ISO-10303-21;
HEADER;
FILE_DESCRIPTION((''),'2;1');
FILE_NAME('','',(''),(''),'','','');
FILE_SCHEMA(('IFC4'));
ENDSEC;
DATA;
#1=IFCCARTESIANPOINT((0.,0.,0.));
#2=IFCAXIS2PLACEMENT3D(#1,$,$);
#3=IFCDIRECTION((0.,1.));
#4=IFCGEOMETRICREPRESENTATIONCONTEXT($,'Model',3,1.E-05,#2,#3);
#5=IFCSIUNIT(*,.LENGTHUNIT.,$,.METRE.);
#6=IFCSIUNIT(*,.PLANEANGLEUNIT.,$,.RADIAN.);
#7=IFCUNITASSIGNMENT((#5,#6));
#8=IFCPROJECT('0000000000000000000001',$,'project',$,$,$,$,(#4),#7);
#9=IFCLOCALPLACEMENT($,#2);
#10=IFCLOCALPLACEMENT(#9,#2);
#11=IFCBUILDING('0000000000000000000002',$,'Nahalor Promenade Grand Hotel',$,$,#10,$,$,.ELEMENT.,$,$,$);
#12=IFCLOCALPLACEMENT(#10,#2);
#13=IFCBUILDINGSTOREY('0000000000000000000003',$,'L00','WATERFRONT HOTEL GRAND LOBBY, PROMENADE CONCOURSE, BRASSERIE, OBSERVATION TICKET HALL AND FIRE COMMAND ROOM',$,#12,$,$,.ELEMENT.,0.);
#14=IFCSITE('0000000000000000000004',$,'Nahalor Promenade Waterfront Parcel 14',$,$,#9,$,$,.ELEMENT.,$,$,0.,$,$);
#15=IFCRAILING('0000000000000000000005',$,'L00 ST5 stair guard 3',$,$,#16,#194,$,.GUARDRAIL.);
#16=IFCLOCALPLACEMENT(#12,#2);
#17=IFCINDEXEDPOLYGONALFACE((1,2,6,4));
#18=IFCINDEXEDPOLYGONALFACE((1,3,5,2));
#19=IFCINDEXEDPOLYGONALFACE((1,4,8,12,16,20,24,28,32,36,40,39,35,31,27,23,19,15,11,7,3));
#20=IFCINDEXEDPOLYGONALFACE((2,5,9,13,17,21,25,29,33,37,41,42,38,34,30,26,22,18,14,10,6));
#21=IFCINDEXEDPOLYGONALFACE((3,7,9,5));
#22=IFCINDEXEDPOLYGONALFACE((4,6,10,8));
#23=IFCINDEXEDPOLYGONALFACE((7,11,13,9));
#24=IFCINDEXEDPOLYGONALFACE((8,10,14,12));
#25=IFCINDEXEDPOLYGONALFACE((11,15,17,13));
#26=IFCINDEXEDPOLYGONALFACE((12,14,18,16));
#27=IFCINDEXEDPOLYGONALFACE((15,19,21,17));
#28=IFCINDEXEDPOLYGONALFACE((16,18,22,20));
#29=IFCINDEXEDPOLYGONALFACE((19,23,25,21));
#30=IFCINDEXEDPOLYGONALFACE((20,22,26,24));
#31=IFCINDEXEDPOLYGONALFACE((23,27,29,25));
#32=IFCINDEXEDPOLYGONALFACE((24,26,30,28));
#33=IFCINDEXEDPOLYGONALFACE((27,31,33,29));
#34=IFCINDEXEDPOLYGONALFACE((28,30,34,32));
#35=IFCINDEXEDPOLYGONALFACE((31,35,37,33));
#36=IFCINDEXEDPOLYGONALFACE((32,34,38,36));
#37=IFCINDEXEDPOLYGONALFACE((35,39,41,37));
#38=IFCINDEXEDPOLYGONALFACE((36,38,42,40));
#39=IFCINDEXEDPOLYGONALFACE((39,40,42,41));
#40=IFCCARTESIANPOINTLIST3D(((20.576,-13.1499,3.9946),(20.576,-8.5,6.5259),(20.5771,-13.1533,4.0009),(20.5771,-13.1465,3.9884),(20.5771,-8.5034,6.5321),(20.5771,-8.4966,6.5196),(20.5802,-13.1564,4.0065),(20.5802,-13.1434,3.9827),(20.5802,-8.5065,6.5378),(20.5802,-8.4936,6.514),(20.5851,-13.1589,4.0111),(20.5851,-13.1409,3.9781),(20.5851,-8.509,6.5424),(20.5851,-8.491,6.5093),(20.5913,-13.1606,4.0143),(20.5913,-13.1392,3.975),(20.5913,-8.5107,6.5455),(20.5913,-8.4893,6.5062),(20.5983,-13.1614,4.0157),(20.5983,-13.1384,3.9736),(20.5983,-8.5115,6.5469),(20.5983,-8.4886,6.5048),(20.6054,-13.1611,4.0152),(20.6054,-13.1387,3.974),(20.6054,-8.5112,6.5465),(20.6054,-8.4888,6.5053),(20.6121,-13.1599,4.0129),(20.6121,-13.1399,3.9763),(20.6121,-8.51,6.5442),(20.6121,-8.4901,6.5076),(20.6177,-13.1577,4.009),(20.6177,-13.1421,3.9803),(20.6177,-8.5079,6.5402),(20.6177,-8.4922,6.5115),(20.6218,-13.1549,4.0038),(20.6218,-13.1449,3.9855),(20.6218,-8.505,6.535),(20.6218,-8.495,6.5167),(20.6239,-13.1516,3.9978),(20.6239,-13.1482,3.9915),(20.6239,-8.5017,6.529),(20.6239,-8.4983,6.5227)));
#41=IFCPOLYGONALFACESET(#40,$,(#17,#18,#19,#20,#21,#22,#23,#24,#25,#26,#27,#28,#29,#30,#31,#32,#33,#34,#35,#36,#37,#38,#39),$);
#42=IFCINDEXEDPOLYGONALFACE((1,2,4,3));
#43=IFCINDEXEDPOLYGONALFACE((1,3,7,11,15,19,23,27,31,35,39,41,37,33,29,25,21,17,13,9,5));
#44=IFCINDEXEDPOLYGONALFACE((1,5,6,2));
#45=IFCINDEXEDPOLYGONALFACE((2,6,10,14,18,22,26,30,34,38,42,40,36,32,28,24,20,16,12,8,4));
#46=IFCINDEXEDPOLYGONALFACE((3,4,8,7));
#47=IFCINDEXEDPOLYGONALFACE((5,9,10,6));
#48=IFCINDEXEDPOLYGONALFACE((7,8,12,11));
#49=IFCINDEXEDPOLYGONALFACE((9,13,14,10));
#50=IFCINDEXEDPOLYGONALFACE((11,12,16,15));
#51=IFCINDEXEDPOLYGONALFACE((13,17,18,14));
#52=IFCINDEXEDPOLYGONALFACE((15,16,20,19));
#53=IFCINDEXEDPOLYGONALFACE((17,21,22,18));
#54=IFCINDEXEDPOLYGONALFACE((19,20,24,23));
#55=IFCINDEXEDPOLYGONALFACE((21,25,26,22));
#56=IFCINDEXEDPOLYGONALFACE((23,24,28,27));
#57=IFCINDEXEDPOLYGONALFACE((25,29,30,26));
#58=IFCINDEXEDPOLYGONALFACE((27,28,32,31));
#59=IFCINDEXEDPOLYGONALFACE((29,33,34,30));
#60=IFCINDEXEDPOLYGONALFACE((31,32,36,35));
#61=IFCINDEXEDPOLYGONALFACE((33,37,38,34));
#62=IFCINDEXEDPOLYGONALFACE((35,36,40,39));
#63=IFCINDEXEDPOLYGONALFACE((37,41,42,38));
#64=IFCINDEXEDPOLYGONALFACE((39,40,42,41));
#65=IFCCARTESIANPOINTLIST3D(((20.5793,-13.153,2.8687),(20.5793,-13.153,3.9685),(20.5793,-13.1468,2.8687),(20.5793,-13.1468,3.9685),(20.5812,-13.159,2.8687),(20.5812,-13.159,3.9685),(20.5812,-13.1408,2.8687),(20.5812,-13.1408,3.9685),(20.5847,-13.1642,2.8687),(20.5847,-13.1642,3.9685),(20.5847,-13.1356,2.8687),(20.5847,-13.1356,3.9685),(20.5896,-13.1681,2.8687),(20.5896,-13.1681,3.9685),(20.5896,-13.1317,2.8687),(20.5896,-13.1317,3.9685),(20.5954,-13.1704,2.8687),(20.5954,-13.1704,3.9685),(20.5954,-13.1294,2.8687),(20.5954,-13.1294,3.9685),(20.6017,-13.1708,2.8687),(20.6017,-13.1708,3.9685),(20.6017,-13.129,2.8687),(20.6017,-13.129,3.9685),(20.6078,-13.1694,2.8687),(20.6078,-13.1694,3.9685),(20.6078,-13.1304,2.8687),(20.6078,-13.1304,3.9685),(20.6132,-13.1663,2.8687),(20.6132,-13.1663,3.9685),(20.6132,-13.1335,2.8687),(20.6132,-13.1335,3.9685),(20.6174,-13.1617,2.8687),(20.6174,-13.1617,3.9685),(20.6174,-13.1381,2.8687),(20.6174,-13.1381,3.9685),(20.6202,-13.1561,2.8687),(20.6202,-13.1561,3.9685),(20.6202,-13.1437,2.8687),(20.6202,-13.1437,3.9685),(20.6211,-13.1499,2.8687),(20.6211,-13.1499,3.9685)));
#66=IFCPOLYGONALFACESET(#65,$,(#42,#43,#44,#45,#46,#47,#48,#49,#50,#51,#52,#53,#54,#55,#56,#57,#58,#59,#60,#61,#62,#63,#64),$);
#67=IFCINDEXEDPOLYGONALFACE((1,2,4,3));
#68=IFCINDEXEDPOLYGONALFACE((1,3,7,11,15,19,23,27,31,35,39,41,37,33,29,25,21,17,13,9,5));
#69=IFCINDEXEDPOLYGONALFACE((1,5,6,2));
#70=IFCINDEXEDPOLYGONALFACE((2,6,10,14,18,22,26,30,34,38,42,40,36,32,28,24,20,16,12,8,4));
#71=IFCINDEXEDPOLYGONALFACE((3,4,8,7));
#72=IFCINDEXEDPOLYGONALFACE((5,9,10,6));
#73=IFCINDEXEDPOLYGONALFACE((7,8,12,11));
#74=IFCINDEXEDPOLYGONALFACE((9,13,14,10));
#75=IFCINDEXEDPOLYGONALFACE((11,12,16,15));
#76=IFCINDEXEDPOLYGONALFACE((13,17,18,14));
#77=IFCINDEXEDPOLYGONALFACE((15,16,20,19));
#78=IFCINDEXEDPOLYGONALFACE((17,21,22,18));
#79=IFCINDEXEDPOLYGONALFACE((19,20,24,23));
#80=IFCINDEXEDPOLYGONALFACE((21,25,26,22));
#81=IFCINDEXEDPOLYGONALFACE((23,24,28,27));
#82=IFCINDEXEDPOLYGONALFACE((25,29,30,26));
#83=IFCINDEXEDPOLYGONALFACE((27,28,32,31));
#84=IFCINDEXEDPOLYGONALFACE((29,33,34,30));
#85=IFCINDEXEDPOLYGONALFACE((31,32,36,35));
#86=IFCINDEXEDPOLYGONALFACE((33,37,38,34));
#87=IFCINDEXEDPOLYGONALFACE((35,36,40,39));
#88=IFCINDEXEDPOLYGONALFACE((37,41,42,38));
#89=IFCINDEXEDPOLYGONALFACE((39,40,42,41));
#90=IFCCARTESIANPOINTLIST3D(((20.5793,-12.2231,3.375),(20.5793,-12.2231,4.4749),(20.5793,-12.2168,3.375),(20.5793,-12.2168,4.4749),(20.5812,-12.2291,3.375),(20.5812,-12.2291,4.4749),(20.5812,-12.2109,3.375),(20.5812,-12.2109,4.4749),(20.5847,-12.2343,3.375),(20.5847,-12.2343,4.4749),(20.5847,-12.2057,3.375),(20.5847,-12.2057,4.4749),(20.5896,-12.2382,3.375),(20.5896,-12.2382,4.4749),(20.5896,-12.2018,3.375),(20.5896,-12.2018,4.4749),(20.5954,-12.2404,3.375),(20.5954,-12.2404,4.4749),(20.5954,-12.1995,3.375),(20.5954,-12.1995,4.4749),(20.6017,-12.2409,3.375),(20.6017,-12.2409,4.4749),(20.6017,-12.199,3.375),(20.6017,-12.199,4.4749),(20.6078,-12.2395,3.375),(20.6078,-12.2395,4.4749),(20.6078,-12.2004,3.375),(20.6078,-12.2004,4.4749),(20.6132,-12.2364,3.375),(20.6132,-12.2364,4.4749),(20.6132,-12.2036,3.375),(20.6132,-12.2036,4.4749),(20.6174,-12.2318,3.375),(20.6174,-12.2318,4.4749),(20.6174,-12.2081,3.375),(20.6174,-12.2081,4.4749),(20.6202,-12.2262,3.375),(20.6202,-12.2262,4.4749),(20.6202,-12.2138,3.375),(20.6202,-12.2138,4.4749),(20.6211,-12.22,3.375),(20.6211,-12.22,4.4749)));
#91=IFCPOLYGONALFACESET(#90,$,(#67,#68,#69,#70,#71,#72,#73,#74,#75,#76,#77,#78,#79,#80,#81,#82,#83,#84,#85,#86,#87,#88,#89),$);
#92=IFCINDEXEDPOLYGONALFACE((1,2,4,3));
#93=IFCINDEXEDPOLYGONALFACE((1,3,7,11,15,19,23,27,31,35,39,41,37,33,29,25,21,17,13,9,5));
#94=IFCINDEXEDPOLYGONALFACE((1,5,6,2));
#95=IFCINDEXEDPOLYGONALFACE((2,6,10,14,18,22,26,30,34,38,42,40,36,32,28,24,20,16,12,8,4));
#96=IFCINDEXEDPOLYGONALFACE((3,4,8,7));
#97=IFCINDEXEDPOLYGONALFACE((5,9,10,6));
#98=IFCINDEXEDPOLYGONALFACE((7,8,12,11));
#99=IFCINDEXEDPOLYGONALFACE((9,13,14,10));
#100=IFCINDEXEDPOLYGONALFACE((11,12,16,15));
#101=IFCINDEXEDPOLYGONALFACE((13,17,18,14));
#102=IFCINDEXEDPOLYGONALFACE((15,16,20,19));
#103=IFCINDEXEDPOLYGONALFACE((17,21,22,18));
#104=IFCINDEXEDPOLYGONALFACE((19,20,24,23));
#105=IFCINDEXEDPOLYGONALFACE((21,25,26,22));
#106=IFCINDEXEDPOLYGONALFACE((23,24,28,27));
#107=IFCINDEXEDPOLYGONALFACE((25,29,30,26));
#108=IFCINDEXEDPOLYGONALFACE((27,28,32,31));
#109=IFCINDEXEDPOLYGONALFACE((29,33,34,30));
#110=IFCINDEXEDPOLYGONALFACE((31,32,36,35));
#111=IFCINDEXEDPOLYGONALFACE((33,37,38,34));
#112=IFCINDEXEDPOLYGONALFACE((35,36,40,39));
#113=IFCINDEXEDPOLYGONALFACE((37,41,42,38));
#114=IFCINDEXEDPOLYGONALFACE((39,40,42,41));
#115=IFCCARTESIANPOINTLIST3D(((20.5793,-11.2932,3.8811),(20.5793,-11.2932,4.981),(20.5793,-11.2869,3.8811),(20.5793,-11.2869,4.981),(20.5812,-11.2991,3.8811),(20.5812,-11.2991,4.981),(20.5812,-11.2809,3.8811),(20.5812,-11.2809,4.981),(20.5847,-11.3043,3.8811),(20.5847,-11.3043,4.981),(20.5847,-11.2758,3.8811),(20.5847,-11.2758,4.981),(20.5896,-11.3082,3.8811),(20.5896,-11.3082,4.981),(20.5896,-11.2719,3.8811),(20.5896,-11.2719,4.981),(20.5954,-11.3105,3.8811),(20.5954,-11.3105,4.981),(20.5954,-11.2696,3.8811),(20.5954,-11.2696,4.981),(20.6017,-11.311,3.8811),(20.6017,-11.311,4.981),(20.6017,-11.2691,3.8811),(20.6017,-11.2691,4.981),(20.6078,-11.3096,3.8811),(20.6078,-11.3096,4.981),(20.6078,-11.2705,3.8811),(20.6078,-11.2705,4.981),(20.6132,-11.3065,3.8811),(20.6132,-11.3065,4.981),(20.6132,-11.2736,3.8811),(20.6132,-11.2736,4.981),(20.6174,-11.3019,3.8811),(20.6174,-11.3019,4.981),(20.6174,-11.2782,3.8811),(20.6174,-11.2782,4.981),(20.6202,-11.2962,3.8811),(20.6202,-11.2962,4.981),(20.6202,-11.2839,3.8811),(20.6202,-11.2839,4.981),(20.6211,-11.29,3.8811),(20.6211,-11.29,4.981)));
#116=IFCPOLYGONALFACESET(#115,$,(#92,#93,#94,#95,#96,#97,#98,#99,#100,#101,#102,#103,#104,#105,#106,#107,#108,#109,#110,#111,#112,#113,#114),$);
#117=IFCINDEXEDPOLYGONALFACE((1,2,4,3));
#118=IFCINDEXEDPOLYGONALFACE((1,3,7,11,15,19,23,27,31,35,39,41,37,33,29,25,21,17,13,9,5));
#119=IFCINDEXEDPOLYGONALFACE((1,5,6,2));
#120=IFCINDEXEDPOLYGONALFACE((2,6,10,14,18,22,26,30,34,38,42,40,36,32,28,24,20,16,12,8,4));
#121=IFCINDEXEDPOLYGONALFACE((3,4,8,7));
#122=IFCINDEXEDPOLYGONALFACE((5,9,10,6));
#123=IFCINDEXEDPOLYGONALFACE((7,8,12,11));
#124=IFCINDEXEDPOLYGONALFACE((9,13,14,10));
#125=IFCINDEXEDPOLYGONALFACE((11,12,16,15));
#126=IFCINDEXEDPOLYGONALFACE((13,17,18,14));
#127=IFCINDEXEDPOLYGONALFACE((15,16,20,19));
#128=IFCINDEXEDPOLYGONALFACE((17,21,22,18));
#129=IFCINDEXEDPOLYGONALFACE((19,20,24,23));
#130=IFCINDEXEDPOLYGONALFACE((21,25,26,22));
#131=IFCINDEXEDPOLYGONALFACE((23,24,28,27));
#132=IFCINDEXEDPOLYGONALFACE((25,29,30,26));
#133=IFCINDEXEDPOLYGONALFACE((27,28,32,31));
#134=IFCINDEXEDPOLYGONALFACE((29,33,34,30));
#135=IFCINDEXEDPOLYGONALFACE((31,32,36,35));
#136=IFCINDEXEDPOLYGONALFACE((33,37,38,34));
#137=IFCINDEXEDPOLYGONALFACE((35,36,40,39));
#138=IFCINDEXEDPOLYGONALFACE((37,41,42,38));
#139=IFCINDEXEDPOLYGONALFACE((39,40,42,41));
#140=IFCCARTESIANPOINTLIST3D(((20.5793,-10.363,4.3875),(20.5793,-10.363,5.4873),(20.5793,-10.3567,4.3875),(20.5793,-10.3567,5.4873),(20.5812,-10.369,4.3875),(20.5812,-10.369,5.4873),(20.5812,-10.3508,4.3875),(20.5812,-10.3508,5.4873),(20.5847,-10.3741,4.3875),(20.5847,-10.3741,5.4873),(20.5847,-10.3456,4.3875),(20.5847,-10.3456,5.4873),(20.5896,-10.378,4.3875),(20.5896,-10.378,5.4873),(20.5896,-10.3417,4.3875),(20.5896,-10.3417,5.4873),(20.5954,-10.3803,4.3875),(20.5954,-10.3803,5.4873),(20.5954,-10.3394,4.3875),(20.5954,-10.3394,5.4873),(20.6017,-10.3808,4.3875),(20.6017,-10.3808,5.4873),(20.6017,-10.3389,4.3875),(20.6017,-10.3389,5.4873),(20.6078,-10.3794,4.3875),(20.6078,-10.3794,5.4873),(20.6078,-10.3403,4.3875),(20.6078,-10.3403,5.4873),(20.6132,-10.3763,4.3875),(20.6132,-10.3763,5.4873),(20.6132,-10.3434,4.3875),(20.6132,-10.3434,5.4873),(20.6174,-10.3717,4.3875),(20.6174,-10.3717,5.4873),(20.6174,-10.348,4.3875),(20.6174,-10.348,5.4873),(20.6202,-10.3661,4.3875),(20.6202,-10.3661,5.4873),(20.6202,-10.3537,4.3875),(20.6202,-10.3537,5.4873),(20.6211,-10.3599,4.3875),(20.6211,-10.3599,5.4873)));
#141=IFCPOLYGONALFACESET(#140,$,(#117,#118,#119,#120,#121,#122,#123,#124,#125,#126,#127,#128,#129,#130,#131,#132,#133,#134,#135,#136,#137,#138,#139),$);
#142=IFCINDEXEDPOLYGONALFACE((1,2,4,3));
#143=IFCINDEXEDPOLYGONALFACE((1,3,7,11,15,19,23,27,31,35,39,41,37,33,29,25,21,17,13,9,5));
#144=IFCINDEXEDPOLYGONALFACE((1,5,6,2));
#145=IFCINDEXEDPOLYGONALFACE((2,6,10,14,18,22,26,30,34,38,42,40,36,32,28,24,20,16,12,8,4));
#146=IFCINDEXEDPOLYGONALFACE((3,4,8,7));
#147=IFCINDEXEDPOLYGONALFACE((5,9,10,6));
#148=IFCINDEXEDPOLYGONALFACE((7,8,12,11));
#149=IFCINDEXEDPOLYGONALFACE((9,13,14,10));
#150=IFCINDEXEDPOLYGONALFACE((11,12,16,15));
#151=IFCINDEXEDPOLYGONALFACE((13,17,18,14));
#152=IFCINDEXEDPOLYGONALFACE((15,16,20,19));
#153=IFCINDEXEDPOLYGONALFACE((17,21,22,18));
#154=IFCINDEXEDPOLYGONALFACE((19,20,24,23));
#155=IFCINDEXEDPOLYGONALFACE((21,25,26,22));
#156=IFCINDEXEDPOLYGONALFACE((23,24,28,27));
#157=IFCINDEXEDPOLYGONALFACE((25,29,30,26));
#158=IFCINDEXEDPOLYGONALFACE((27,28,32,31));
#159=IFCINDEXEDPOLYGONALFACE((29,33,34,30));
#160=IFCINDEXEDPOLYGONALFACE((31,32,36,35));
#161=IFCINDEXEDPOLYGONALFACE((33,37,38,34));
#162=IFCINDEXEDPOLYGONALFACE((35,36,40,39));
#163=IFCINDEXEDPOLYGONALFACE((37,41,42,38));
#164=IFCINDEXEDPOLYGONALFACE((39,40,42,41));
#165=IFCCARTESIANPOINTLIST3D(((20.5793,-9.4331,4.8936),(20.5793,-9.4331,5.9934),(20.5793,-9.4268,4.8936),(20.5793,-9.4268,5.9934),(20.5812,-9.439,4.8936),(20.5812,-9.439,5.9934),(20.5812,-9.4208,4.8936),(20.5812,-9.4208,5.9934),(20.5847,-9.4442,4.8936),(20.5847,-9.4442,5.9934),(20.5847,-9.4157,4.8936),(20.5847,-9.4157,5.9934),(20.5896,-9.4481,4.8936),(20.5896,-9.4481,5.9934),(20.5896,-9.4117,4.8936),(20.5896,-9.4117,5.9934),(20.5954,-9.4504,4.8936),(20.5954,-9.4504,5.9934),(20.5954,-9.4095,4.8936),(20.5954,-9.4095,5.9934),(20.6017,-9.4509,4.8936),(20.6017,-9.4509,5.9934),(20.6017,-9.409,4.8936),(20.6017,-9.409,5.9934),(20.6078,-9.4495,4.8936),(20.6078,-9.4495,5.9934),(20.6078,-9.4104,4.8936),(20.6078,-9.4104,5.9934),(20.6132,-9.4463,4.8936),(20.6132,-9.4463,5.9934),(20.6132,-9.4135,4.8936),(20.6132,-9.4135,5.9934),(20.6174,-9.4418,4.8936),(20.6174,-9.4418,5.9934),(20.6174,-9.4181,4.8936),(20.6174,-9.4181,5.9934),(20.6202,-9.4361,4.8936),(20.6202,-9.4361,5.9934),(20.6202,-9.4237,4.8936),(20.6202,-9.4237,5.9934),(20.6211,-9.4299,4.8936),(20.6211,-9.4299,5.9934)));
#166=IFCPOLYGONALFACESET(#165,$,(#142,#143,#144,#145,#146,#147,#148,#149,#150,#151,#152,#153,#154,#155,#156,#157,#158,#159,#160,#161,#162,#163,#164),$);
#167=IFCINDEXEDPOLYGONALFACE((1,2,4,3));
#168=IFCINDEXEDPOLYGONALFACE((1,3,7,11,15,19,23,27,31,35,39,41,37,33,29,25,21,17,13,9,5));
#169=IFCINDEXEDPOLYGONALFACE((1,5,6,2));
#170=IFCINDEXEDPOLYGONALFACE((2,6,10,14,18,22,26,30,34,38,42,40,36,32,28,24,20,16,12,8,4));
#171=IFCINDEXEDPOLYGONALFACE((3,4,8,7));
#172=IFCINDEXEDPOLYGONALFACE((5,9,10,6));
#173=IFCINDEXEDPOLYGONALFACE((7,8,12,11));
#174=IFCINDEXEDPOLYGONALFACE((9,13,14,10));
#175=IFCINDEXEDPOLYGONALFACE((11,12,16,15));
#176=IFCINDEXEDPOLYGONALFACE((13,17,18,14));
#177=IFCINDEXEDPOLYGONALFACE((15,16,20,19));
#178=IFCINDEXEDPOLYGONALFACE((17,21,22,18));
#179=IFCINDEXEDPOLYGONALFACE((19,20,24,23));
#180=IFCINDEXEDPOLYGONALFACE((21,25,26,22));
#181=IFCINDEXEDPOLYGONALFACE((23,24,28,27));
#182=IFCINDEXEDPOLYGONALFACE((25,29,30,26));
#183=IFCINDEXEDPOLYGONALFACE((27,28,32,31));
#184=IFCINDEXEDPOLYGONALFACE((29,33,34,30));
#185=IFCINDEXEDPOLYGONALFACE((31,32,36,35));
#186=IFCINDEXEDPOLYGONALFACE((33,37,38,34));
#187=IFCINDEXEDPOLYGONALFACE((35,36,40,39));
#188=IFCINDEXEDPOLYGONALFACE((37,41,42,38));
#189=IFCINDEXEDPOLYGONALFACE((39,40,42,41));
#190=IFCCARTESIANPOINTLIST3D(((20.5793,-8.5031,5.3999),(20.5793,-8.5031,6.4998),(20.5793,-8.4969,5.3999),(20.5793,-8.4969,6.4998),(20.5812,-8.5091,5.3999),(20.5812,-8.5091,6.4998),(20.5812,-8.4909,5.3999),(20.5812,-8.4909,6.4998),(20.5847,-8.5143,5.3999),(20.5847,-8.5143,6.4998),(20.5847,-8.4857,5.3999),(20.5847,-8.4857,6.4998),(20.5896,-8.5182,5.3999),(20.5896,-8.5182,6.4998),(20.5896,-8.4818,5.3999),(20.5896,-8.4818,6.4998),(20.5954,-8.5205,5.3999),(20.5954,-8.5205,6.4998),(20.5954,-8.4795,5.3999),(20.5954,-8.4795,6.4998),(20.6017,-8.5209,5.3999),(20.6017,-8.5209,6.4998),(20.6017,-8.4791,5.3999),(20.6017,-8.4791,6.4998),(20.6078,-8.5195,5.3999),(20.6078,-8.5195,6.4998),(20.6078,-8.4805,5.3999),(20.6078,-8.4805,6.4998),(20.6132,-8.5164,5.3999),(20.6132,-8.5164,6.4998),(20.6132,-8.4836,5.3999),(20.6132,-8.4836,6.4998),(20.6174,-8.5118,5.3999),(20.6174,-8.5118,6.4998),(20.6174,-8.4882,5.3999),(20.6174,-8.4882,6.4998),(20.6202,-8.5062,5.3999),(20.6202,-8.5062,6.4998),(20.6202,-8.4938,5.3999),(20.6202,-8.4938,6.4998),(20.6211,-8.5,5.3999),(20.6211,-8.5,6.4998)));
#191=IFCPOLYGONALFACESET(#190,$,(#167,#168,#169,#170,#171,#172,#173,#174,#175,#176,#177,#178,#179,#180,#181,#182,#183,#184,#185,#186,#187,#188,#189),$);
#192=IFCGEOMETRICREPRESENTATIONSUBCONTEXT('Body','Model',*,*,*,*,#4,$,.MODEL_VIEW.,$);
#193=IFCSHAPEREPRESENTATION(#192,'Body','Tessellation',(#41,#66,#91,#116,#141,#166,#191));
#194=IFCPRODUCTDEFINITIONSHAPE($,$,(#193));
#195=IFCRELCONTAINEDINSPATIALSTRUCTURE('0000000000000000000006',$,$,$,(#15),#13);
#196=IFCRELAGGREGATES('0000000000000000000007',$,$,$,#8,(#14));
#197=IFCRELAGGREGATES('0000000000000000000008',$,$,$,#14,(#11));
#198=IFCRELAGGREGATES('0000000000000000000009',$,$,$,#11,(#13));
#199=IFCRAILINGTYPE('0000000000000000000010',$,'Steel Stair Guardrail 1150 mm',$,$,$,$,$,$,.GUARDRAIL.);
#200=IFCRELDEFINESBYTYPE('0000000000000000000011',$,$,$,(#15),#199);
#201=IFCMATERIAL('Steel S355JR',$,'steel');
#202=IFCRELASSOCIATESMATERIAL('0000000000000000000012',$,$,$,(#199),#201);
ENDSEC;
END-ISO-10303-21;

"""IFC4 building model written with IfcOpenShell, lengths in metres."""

from ifc_helpers import new_model, si_unit, direction, frame, origin, origin_2d, place, context, subcontext, project, spatial, circle, extrude, material, type_object, element, save


model = new_model("IFC4")

# Units and contexts
model_context = context("Model", 3, precision=1e-05, world=origin(), true_north=direction((0.0, 1.0)))
body_context = subcontext(model_context, "Body", "Model", "MODEL_VIEW")
ifc_project = project(units=[si_unit("LENGTHUNIT", "METRE"), si_unit("PLANEANGLEUNIT", "RADIAN")], contexts=[model_context])

# Site, building, storey
site_placement = place(None, origin())
site = spatial("IfcSite", under=ifc_project, at=site_placement, Name="Nahalor Promenade Waterfront Parcel 14", CompositionType="ELEMENT", RefElevation=0.0)
building_placement = place(site_placement, origin())
building = spatial("IfcBuilding", under=site, at=building_placement, Name="Nahalor Promenade Grand Hotel", CompositionType="ELEMENT")
storey_placement = place(building_placement, origin())
storey = spatial("IfcBuildingStorey", under=building, at=storey_placement, Name="L00", Description="WATERFRONT HOTEL GRAND LOBBY, PROMENADE CONCOURSE, BRASSERIE, OBSERVATION TICKET HALL AND FIRE COMMAND ROOM", CompositionType="ELEMENT", Elevation=0.0)

# Shared definitions
ifc_material_1 = material(Name="Steel S355JR", Category="steel")

# Railing
railing_type_1 = type_object("IfcRailingType", Name="Steel Stair Guardrail 1150 mm", PredefinedType="GUARDRAIL", material=ifc_material_1)
railing_1_placement = place(storey_placement, frame((20.6001, -13.1499, 2.8687)))
element("IfcRailing", 1, at=railing_1_placement, inside=storey, type_object=railing_type_1, Name="L00 ST5 stair guard 3", PredefinedType="GUARDRAIL", context=body_context, shape_type="SweptSolid", body=[
    extrude(circle(Radius=0.024, at=origin_2d()), frame((0.0, 0.0, 1.126), z_axis=(0.0, 0.878297, 0.478115), x_axis=(-1.0, 0.0, 0.0)), (0.0, 0.0, 1.0), 5.2942),
    extrude(circle(Radius=0.021, at=origin_2d()), origin(), (0.0, 0.0, 1.0), 1.0999),
    extrude(circle(Radius=0.021, at=origin_2d()), frame((0.0, 0.9299, 0.5063)), (0.0, 0.0, 1.0), 1.0999),
    extrude(circle(Radius=0.021, at=origin_2d()), frame((0.0, 1.8599, 1.0125)), (0.0, 0.0, 1.0), 1.0999),
    extrude(circle(Radius=0.021, at=origin_2d()), frame((0.0, 2.79, 1.5188)), (0.0, 0.0, 1.0), 1.0999),
    extrude(circle(Radius=0.021, at=origin_2d()), frame((0.0, 3.72, 2.0249)), (0.0, 0.0, 1.0), 1.0999),
    extrude(circle(Radius=0.021, at=origin_2d()), frame((0.0, 4.6499, 2.5312)), (0.0, 0.0, 1.0), 1.0999),
])

save(model, "model.ifc")
